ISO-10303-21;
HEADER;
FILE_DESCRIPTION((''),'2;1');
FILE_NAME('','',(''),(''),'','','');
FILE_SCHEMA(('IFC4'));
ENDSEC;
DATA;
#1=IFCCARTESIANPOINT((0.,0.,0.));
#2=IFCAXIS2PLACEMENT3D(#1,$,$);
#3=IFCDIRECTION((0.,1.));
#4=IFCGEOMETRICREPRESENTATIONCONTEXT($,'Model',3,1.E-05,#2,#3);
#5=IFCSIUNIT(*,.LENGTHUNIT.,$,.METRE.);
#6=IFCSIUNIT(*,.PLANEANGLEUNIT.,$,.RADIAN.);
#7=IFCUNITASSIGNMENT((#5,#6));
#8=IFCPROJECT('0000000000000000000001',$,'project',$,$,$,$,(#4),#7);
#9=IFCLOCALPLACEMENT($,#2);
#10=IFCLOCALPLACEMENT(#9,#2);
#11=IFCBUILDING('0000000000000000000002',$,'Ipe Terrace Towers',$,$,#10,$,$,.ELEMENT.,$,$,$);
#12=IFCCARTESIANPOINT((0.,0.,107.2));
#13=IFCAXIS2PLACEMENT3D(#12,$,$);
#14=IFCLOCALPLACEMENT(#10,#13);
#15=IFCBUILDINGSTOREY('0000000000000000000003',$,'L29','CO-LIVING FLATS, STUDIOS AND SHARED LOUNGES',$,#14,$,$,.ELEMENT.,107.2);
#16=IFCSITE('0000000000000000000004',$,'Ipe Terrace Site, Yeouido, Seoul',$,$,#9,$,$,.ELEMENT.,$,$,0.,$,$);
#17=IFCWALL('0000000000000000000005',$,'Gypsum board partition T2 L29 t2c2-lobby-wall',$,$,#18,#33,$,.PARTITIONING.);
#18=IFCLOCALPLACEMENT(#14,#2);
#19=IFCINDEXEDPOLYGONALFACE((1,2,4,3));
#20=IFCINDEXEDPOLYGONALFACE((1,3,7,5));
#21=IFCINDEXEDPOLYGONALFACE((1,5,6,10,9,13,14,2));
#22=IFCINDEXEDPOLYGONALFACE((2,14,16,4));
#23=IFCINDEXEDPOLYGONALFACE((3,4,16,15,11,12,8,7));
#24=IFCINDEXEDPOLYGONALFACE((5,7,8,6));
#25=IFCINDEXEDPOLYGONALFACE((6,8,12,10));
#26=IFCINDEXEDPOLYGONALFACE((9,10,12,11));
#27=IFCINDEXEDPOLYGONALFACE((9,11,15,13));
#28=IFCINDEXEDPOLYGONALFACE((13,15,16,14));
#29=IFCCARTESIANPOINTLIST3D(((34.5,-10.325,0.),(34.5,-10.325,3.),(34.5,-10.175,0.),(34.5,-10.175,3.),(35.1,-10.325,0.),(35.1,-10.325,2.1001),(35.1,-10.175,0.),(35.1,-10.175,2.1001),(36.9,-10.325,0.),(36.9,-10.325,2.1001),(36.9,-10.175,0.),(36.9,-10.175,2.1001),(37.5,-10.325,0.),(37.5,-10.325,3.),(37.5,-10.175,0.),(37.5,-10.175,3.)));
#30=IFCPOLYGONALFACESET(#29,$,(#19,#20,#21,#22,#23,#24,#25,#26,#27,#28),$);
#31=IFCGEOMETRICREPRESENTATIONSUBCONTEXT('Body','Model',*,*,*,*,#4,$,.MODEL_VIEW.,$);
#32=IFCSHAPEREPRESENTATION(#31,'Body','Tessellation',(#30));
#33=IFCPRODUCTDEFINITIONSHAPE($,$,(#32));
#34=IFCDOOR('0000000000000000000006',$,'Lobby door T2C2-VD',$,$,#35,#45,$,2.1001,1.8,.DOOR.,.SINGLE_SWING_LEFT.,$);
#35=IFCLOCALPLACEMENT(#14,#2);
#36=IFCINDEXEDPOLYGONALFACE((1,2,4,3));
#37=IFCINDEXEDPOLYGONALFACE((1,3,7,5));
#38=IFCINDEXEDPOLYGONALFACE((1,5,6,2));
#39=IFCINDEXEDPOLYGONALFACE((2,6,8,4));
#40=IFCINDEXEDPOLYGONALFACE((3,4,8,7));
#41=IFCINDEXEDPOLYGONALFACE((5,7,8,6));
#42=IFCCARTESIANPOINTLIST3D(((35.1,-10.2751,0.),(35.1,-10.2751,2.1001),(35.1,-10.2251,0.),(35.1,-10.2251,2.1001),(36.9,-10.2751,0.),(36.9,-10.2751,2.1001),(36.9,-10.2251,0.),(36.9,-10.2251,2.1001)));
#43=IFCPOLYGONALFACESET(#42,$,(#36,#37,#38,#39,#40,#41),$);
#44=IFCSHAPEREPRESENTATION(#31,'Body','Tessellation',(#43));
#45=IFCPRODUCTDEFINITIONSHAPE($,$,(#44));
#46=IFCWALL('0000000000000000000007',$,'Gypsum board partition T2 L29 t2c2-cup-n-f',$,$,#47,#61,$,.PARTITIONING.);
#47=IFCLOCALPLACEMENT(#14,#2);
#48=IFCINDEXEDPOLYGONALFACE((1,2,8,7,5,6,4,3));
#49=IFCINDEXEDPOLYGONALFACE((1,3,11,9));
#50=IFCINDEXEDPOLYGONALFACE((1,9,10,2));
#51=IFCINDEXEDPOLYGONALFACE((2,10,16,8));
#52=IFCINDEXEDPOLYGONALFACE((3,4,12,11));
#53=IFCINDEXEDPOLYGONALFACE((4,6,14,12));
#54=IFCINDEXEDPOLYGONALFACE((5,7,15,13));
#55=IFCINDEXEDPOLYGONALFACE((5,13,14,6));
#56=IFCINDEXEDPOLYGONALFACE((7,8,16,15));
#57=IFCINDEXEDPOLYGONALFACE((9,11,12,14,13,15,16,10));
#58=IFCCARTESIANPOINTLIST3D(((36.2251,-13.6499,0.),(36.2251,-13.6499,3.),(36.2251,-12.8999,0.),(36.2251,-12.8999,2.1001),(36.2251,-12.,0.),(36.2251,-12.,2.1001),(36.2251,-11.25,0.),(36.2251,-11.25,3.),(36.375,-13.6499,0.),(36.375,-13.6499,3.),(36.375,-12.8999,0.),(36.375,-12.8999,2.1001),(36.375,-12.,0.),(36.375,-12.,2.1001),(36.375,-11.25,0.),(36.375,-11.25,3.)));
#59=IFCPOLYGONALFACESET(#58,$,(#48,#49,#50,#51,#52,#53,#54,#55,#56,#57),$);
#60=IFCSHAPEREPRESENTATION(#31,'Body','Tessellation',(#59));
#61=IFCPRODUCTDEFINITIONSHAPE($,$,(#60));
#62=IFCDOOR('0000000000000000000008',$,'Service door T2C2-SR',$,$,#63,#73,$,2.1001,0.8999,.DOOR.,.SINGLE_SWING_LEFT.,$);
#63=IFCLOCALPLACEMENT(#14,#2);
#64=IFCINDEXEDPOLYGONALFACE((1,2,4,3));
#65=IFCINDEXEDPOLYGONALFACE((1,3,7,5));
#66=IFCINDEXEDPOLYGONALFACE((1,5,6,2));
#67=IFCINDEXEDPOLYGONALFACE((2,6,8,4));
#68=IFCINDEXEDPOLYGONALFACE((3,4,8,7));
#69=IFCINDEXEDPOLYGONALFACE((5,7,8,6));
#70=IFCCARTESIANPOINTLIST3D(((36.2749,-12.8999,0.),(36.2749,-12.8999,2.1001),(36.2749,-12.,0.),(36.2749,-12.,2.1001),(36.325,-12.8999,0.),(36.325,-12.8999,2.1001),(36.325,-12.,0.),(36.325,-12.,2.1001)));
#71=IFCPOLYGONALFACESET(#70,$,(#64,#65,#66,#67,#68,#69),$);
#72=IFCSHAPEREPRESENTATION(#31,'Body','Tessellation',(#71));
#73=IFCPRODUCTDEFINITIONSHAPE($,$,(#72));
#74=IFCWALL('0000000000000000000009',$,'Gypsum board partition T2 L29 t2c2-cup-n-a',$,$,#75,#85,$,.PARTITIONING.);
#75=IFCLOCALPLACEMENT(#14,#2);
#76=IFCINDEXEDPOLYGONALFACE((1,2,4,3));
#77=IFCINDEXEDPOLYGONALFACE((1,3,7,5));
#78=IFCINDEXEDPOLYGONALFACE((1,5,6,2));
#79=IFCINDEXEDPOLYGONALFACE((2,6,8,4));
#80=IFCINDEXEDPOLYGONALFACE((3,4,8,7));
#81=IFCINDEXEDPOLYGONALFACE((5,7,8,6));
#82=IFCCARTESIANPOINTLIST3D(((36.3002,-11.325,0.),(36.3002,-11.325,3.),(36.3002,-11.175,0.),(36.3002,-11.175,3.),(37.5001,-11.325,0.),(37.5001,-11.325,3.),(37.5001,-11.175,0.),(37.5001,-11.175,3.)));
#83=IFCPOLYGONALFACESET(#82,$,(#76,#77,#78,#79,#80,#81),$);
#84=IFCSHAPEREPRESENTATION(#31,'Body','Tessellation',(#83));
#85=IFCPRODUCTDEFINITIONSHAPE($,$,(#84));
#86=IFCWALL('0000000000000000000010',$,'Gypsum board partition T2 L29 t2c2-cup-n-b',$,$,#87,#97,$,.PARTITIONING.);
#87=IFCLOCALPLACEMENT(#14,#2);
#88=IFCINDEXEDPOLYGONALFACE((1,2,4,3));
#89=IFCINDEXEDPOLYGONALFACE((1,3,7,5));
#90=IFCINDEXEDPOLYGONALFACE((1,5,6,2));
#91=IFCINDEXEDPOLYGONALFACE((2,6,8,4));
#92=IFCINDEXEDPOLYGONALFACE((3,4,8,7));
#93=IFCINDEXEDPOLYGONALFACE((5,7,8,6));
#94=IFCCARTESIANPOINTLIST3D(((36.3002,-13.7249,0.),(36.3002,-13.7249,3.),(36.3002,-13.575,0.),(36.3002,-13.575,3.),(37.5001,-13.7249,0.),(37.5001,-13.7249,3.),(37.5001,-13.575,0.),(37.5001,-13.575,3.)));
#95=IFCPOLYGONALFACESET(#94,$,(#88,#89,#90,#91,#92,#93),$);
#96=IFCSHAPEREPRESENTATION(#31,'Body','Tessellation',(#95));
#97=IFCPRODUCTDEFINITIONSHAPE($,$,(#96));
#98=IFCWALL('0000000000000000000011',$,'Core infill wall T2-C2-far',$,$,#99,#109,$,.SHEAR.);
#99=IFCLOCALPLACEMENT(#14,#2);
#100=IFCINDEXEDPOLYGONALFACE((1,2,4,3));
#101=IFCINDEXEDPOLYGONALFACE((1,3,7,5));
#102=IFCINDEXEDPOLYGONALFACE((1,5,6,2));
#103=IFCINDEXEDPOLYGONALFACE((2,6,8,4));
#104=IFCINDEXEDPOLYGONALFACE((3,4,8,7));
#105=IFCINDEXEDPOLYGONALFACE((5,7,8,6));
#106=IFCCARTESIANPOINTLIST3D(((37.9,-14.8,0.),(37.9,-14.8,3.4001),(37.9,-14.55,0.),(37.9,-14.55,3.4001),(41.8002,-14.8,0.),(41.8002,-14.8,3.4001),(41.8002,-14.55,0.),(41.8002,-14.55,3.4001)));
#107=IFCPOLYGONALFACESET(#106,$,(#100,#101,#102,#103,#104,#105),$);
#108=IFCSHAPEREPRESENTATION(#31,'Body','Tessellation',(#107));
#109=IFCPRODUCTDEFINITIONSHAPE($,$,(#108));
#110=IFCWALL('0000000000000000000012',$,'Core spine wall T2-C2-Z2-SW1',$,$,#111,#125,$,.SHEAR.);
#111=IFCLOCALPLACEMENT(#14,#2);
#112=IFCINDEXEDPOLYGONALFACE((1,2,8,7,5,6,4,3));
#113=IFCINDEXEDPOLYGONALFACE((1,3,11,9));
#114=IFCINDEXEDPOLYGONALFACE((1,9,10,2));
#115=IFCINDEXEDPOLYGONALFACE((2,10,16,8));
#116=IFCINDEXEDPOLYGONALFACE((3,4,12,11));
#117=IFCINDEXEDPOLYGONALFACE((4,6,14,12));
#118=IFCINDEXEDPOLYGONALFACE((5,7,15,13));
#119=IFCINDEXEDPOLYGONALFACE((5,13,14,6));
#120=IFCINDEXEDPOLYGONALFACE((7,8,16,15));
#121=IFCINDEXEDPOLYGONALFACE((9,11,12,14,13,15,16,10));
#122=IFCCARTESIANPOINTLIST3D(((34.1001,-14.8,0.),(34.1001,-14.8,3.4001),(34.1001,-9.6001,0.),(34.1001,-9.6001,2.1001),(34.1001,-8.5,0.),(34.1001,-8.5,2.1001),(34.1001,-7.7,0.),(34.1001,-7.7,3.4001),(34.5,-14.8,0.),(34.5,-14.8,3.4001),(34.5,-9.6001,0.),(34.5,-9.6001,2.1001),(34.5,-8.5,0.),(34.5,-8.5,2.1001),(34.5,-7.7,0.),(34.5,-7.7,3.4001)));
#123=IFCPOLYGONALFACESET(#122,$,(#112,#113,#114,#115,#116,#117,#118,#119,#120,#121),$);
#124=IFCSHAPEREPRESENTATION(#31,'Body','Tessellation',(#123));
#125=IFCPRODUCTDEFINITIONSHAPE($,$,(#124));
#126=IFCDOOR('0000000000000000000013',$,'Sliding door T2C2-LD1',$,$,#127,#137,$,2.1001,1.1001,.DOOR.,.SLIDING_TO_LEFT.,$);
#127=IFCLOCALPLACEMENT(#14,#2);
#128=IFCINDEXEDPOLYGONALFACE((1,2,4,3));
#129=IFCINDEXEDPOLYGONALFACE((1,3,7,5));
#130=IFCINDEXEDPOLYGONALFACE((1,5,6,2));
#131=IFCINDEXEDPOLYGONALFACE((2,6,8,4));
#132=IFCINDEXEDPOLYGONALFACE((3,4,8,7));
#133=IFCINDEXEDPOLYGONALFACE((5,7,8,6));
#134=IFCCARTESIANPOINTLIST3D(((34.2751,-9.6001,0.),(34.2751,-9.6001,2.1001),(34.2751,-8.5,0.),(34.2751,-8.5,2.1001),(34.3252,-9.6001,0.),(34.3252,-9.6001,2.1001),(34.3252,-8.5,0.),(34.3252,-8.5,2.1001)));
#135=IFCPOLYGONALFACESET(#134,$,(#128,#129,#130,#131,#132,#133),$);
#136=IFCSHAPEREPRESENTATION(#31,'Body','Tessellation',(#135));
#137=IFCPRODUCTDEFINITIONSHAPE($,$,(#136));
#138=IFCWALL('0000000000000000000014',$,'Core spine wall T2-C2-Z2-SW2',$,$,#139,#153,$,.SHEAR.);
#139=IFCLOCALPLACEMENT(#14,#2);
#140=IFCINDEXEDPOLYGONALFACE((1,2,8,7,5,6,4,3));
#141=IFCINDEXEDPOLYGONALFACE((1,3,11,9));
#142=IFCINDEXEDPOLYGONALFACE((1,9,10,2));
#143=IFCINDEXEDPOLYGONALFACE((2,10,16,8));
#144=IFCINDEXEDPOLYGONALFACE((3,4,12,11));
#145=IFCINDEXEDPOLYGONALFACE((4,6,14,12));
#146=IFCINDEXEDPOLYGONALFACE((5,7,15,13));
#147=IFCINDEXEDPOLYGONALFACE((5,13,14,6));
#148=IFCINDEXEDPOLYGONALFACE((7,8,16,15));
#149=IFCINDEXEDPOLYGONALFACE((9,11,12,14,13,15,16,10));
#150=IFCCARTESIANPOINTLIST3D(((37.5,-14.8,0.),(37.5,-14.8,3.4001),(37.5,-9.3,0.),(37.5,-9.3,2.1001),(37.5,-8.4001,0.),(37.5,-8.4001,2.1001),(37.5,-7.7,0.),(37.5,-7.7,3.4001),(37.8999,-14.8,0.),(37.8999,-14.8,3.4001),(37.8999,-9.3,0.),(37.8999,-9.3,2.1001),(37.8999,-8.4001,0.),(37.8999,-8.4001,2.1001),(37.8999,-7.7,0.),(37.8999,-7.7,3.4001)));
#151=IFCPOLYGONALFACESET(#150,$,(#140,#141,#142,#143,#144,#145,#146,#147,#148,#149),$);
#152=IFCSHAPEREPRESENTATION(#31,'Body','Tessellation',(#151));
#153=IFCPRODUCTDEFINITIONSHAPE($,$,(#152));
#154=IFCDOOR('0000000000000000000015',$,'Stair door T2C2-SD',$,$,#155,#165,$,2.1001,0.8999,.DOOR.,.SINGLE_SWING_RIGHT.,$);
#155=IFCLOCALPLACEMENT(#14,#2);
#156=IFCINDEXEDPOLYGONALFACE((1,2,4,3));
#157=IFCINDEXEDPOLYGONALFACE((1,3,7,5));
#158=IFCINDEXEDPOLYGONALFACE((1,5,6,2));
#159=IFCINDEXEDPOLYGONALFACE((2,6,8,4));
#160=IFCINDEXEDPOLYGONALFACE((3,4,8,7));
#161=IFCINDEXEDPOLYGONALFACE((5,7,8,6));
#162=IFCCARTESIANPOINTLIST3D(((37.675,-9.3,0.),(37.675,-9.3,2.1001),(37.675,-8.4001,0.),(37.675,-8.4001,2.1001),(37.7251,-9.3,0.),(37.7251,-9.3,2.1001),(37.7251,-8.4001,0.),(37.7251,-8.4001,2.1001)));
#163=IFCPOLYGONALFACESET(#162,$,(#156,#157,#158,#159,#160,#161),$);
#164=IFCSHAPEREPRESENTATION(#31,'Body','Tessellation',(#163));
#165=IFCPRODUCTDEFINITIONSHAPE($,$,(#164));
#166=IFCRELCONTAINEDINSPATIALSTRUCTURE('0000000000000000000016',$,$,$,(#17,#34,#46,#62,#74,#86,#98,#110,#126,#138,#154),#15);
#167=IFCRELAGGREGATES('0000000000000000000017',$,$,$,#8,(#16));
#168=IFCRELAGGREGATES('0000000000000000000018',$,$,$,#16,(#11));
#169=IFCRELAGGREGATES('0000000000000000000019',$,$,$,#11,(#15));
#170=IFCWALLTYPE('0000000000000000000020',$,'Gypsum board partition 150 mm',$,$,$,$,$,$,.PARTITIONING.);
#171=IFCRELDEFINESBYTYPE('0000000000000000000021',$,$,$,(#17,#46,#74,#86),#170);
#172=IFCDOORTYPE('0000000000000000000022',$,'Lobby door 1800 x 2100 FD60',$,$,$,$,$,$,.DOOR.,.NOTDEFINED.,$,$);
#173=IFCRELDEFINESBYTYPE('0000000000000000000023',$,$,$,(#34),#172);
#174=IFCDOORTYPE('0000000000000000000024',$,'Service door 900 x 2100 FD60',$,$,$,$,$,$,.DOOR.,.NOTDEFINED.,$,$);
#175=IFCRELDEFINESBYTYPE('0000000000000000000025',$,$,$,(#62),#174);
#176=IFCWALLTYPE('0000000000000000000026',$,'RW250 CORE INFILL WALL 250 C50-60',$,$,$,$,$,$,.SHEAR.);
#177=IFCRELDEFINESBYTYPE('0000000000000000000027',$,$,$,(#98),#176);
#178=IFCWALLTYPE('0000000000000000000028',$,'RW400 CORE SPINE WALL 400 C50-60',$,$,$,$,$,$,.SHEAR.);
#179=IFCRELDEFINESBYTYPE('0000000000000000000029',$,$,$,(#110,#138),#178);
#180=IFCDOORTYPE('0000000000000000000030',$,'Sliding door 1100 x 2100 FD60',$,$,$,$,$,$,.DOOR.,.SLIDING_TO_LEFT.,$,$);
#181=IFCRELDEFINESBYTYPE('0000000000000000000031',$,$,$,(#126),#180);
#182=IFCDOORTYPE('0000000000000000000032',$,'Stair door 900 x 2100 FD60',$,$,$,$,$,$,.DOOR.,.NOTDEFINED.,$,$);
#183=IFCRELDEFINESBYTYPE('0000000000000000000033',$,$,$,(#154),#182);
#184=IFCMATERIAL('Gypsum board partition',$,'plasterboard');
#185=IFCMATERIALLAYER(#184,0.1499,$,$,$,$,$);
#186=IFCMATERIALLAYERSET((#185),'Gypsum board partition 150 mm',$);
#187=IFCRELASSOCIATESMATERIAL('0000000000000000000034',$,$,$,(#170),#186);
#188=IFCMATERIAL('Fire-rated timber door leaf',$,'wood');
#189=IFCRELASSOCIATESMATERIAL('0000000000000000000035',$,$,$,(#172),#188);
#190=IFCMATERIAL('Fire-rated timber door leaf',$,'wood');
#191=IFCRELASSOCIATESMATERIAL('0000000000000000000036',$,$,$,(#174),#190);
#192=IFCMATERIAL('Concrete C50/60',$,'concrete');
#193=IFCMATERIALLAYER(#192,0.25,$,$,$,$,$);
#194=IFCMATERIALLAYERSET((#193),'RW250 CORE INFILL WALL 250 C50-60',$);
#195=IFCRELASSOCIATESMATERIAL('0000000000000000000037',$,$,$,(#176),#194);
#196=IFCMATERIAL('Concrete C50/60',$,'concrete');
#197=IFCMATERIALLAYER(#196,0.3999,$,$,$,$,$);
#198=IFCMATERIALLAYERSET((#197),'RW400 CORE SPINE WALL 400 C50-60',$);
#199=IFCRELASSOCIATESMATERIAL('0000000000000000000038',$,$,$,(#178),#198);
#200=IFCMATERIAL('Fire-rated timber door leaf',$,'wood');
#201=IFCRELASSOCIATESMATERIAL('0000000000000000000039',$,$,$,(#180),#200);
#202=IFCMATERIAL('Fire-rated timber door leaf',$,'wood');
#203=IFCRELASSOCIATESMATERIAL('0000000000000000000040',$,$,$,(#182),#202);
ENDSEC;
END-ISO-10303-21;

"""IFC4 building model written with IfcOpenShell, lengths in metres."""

from ifc_helpers import new_model, si_unit, direction, frame, frame_2d, origin, place, context, subcontext, project, spatial, rectangle, extrude, material, layer, layer_set, type_object, element, fill, save


model = new_model("IFC4")

# Units and contexts
model_context = context("Model", 3, precision=1e-05, world=origin(), true_north=direction((0.0, 1.0)))
body_context = subcontext(model_context, "Body", "Model", "MODEL_VIEW")
ifc_project = project(units=[si_unit("LENGTHUNIT", "METRE"), si_unit("PLANEANGLEUNIT", "RADIAN")], contexts=[model_context])

# Site, building, storey
site_placement = place(None, origin())
site = spatial("IfcSite", under=ifc_project, at=site_placement, Name="Ipe Terrace Site, Yeouido, Seoul", CompositionType="ELEMENT", RefElevation=0.0)
building_placement = place(site_placement, origin())
building = spatial("IfcBuilding", under=site, at=building_placement, Name="Ipe Terrace Towers", CompositionType="ELEMENT")
storey_placement = place(building_placement, frame((0.0, 0.0, 107.2)))
storey = spatial("IfcBuildingStorey", under=building, at=storey_placement, Name="L29", Description="CO-LIVING FLATS, STUDIOS AND SHARED LOUNGES", CompositionType="ELEMENT", Elevation=107.2)

# Walls, openings, doors
ifc_material_1 = material(Name="Gypsum board partition", Category="plasterboard")
ifc_layer_1 = layer(ifc_material_1, 0.1499)
ifc_layer_set_1 = layer_set([ifc_layer_1], Name="Gypsum board partition 150 mm")
wall_type_1 = type_object("IfcWallType", Name="Gypsum board partition 150 mm", PredefinedType="PARTITIONING", material=ifc_layer_set_1)
wall_1_placement = place(storey_placement, frame((34.5, -10.25, 0.0), z_axis=(0.0, 0.0, 1.0), x_axis=(1.0, 0.0, 0.0)))
wall_1 = element("IfcWall", 1, at=wall_1_placement, inside=storey, type_object=wall_type_1, Name="Gypsum board partition T2 L29 t2c2-lobby-wall", PredefinedType="PARTITIONING", context=body_context, shape_type="SweptSolid", body=[
    extrude(rectangle(XDim=3.0, YDim=0.1499, at=frame_2d((1.5, 0.0))), origin(), (0.0, 0.0, 1.0), 3.0),
])
opening_1_placement = place(wall_1_placement, frame((0.6001, 0.0, 0.0)))
opening_1 = element("IfcOpeningElement", 2, at=opening_1_placement, cuts=wall_1, PredefinedType="OPENING", context=body_context, shape_type="SweptSolid", body=[
    extrude(rectangle(XDim=1.8, YDim=2.1001, at=frame_2d((0.8999, 1.05))), frame((0.0, 0.085, 0.0), z_axis=(0.0, -1.0, 0.0), x_axis=(1.0, 0.0, 0.0)), (0.0, 0.0, 1.0), 0.1699),
])
ifc_material_2 = material(Name="Fire-rated timber door leaf", Category="wood")
door_type_1 = type_object("IfcDoorType", Name="Lobby door 1800 x 2100 FD60", OperationType="NOTDEFINED", PredefinedType="DOOR", material=ifc_material_2)
door_1_placement = place(opening_1_placement, origin())
door_1 = element("IfcDoor", 3, at=door_1_placement, inside=storey, type_object=door_type_1, Name="Lobby door T2C2-VD", OperationType="SINGLE_SWING_LEFT", OverallHeight=2.1001, OverallWidth=1.8, PredefinedType="DOOR", context=body_context, shape_type="SweptSolid", body=[
    extrude(rectangle(XDim=1.8, YDim=2.1001, at=frame_2d((0.8999, 1.05))), frame((0.0, 0.0249, 0.0), z_axis=(0.0, -1.0, 0.0), x_axis=(1.0, 0.0, 0.0)), (0.0, 0.0, 1.0), 0.05),
])
fill(opening_1, door_1)
wall_2_placement = place(storey_placement, frame((36.3, -11.25, 0.0), z_axis=(0.0, 0.0, 1.0), x_axis=(0.0, -1.0, 0.0)))
wall_2 = element("IfcWall", 4, at=wall_2_placement, inside=storey, type_object=wall_type_1, Name="Gypsum board partition T2 L29 t2c2-cup-n-f", PredefinedType="PARTITIONING", context=body_context, shape_type="SweptSolid", body=[
    extrude(rectangle(XDim=2.3999, YDim=0.1499, at=frame_2d((1.2, 0.0))), origin(), (0.0, 0.0, 1.0), 3.0),
])
opening_2_placement = place(wall_2_placement, frame((0.75, 0.0, 0.0)))
opening_2 = element("IfcOpeningElement", 5, at=opening_2_placement, cuts=wall_2, PredefinedType="OPENING", context=body_context, shape_type="SweptSolid", body=[
    extrude(rectangle(XDim=0.8999, YDim=2.1001, at=frame_2d((0.45, 1.05))), frame((0.0, 0.085, 0.0), z_axis=(0.0, -1.0, 0.0), x_axis=(1.0, 0.0, 0.0)), (0.0, 0.0, 1.0), 0.1699),
])
ifc_material_3 = material(Name="Fire-rated timber door leaf", Category="wood")
door_type_2 = type_object("IfcDoorType", Name="Service door 900 x 2100 FD60", OperationType="NOTDEFINED", PredefinedType="DOOR", material=ifc_material_3)
door_2_placement = place(opening_2_placement, origin())
door_2 = element("IfcDoor", 6, at=door_2_placement, inside=storey, type_object=door_type_2, Name="Service door T2C2-SR", OperationType="SINGLE_SWING_LEFT", OverallHeight=2.1001, OverallWidth=0.8999, PredefinedType="DOOR", context=body_context, shape_type="SweptSolid", body=[
    extrude(rectangle(XDim=0.8999, YDim=2.1001, at=frame_2d((0.45, 1.05))), frame((0.0, 0.0249, 0.0), z_axis=(0.0, -1.0, 0.0), x_axis=(1.0, 0.0, 0.0)), (0.0, 0.0, 1.0), 0.05),
])
fill(opening_2, door_2)

# Walls
for number, where, z_axis, x_axis, name in (
    (7, (36.3, -11.25, 0.0), (0.0, 0.0, 1.0), (1.0, 0.0, 0.0), "Gypsum board partition T2 L29 t2c2-cup-n-a"),
    (8, (36.3, -13.6499, 0.0), (0.0, 0.0, 1.0), (1.0, 0.0, 0.0), "Gypsum board partition T2 L29 t2c2-cup-n-b"),
):
    element("IfcWall", number, at=place(storey_placement, frame(where, z_axis=z_axis, x_axis=x_axis)), inside=storey, type_object=wall_type_1, Name=name, PredefinedType="PARTITIONING", context=body_context, shape_type="SweptSolid", body=[
        extrude(rectangle(XDim=1.2, YDim=0.1499, at=frame_2d((0.6001, 0.0))), origin(), (0.0, 0.0, 1.0), 3.0),
    ])
ifc_material_4 = material(Name="Concrete C50/60", Category="concrete")
ifc_layer_2 = layer(ifc_material_4, 0.25)
ifc_layer_set_2 = layer_set([ifc_layer_2], Name="RW250 CORE INFILL WALL 250 C50-60")
wall_type_2 = type_object("IfcWallType", Name="RW250 CORE INFILL WALL 250 C50-60", PredefinedType="SHEAR", material=ifc_layer_set_2)
wall_3_placement = place(storey_placement, frame((37.8999, -14.675, 0.0), z_axis=(0.0, 0.0, 1.0), x_axis=(1.0, 0.0, 0.0)))
element("IfcWall", 9, at=wall_3_placement, inside=storey, type_object=wall_type_2, Name="Core infill wall T2-C2-far", PredefinedType="SHEAR", context=body_context, shape_type="SweptSolid", body=[
    extrude(rectangle(XDim=3.9001, YDim=0.25, at=frame_2d((1.9502, 0.0))), origin(), (0.0, 0.0, 1.0), 3.4001),
])

# Walls, openings, doors
ifc_material_5 = material(Name="Concrete C50/60", Category="concrete")
ifc_layer_3 = layer(ifc_material_5, 0.3999)
ifc_layer_set_3 = layer_set([ifc_layer_3], Name="RW400 CORE SPINE WALL 400 C50-60")
wall_type_3 = type_object("IfcWallType", Name="RW400 CORE SPINE WALL 400 C50-60", PredefinedType="SHEAR", material=ifc_layer_set_3)
wall_4_placement = place(storey_placement, frame((34.3, -14.8, 0.0), z_axis=(0.0, 0.0, 1.0), x_axis=(0.0, 1.0, 0.0)))
wall_4 = element("IfcWall", 10, at=wall_4_placement, inside=storey, type_object=wall_type_3, Name="Core spine wall T2-C2-Z2-SW1", PredefinedType="SHEAR", context=body_context, shape_type="SweptSolid", body=[
    extrude(rectangle(XDim=7.1001, YDim=0.3999, at=frame_2d((3.55, 0.0))), origin(), (0.0, 0.0, 1.0), 3.4001),
])
opening_3_placement = place(wall_4_placement, frame((5.2, 0.0, 0.0)))
opening_3 = element("IfcOpeningElement", 11, at=opening_3_placement, cuts=wall_4, PredefinedType="OPENING", context=body_context, shape_type="SweptSolid", body=[
    extrude(rectangle(XDim=1.1001, YDim=2.1001, at=frame_2d((0.55, 1.05))), frame((0.0, 0.21, 0.0), z_axis=(0.0, -1.0, 0.0), x_axis=(1.0, 0.0, 0.0)), (0.0, 0.0, 1.0), 0.4199),
])
ifc_material_6 = material(Name="Fire-rated timber door leaf", Category="wood")
door_type_3 = type_object("IfcDoorType", Name="Sliding door 1100 x 2100 FD60", OperationType="SLIDING_TO_LEFT", PredefinedType="DOOR", material=ifc_material_6)
door_3_placement = place(opening_3_placement, origin())
door_3 = element("IfcDoor", 12, at=door_3_placement, inside=storey, type_object=door_type_3, Name="Sliding door T2C2-LD1", OperationType="SLIDING_TO_LEFT", OverallHeight=2.1001, OverallWidth=1.1001, PredefinedType="DOOR", context=body_context, shape_type="SweptSolid", body=[
    extrude(rectangle(XDim=1.1001, YDim=2.1001, at=frame_2d((0.55, 1.05))), frame((0.0, 0.0249, 0.0), z_axis=(0.0, -1.0, 0.0), x_axis=(1.0, 0.0, 0.0)), (0.0, 0.0, 1.0), 0.05),
])
fill(opening_3, door_3)
wall_5_placement = place(storey_placement, frame((37.7, -14.8, 0.0), z_axis=(0.0, 0.0, 1.0), x_axis=(0.0, 1.0, 0.0)))
wall_5 = element("IfcWall", 13, at=wall_5_placement, inside=storey, type_object=wall_type_3, Name="Core spine wall T2-C2-Z2-SW2", PredefinedType="SHEAR", context=body_context, shape_type="SweptSolid", body=[
    extrude(rectangle(XDim=7.1001, YDim=0.3999, at=frame_2d((3.55, 0.0))), origin(), (0.0, 0.0, 1.0), 3.4001),
])
opening_4_placement = place(wall_5_placement, frame((5.5, 0.0, 0.0)))
opening_4 = element("IfcOpeningElement", 14, at=opening_4_placement, cuts=wall_5, PredefinedType="OPENING", context=body_context, shape_type="SweptSolid", body=[
    extrude(rectangle(XDim=0.8999, YDim=2.1001, at=frame_2d((0.45, 1.05))), frame((0.0, 0.21, 0.0), z_axis=(0.0, -1.0, 0.0), x_axis=(1.0, 0.0, 0.0)), (0.0, 0.0, 1.0), 0.4199),
])
ifc_material_7 = material(Name="Fire-rated timber door leaf", Category="wood")
door_type_4 = type_object("IfcDoorType", Name="Stair door 900 x 2100 FD60", OperationType="NOTDEFINED", PredefinedType="DOOR", material=ifc_material_7)
door_4_placement = place(opening_4_placement, origin())
door_4 = element("IfcDoor", 15, at=door_4_placement, inside=storey, type_object=door_type_4, Name="Stair door T2C2-SD", OperationType="SINGLE_SWING_RIGHT", OverallHeight=2.1001, OverallWidth=0.8999, PredefinedType="DOOR", context=body_context, shape_type="SweptSolid", body=[
    extrude(rectangle(XDim=0.8999, YDim=2.1001, at=frame_2d((0.45, 1.05))), frame((0.0, 0.0249, 0.0), z_axis=(0.0, -1.0, 0.0), x_axis=(1.0, 0.0, 0.0)), (0.0, 0.0, 1.0), 0.05),
])
fill(opening_4, door_4)

save(model, "model.ifc")
